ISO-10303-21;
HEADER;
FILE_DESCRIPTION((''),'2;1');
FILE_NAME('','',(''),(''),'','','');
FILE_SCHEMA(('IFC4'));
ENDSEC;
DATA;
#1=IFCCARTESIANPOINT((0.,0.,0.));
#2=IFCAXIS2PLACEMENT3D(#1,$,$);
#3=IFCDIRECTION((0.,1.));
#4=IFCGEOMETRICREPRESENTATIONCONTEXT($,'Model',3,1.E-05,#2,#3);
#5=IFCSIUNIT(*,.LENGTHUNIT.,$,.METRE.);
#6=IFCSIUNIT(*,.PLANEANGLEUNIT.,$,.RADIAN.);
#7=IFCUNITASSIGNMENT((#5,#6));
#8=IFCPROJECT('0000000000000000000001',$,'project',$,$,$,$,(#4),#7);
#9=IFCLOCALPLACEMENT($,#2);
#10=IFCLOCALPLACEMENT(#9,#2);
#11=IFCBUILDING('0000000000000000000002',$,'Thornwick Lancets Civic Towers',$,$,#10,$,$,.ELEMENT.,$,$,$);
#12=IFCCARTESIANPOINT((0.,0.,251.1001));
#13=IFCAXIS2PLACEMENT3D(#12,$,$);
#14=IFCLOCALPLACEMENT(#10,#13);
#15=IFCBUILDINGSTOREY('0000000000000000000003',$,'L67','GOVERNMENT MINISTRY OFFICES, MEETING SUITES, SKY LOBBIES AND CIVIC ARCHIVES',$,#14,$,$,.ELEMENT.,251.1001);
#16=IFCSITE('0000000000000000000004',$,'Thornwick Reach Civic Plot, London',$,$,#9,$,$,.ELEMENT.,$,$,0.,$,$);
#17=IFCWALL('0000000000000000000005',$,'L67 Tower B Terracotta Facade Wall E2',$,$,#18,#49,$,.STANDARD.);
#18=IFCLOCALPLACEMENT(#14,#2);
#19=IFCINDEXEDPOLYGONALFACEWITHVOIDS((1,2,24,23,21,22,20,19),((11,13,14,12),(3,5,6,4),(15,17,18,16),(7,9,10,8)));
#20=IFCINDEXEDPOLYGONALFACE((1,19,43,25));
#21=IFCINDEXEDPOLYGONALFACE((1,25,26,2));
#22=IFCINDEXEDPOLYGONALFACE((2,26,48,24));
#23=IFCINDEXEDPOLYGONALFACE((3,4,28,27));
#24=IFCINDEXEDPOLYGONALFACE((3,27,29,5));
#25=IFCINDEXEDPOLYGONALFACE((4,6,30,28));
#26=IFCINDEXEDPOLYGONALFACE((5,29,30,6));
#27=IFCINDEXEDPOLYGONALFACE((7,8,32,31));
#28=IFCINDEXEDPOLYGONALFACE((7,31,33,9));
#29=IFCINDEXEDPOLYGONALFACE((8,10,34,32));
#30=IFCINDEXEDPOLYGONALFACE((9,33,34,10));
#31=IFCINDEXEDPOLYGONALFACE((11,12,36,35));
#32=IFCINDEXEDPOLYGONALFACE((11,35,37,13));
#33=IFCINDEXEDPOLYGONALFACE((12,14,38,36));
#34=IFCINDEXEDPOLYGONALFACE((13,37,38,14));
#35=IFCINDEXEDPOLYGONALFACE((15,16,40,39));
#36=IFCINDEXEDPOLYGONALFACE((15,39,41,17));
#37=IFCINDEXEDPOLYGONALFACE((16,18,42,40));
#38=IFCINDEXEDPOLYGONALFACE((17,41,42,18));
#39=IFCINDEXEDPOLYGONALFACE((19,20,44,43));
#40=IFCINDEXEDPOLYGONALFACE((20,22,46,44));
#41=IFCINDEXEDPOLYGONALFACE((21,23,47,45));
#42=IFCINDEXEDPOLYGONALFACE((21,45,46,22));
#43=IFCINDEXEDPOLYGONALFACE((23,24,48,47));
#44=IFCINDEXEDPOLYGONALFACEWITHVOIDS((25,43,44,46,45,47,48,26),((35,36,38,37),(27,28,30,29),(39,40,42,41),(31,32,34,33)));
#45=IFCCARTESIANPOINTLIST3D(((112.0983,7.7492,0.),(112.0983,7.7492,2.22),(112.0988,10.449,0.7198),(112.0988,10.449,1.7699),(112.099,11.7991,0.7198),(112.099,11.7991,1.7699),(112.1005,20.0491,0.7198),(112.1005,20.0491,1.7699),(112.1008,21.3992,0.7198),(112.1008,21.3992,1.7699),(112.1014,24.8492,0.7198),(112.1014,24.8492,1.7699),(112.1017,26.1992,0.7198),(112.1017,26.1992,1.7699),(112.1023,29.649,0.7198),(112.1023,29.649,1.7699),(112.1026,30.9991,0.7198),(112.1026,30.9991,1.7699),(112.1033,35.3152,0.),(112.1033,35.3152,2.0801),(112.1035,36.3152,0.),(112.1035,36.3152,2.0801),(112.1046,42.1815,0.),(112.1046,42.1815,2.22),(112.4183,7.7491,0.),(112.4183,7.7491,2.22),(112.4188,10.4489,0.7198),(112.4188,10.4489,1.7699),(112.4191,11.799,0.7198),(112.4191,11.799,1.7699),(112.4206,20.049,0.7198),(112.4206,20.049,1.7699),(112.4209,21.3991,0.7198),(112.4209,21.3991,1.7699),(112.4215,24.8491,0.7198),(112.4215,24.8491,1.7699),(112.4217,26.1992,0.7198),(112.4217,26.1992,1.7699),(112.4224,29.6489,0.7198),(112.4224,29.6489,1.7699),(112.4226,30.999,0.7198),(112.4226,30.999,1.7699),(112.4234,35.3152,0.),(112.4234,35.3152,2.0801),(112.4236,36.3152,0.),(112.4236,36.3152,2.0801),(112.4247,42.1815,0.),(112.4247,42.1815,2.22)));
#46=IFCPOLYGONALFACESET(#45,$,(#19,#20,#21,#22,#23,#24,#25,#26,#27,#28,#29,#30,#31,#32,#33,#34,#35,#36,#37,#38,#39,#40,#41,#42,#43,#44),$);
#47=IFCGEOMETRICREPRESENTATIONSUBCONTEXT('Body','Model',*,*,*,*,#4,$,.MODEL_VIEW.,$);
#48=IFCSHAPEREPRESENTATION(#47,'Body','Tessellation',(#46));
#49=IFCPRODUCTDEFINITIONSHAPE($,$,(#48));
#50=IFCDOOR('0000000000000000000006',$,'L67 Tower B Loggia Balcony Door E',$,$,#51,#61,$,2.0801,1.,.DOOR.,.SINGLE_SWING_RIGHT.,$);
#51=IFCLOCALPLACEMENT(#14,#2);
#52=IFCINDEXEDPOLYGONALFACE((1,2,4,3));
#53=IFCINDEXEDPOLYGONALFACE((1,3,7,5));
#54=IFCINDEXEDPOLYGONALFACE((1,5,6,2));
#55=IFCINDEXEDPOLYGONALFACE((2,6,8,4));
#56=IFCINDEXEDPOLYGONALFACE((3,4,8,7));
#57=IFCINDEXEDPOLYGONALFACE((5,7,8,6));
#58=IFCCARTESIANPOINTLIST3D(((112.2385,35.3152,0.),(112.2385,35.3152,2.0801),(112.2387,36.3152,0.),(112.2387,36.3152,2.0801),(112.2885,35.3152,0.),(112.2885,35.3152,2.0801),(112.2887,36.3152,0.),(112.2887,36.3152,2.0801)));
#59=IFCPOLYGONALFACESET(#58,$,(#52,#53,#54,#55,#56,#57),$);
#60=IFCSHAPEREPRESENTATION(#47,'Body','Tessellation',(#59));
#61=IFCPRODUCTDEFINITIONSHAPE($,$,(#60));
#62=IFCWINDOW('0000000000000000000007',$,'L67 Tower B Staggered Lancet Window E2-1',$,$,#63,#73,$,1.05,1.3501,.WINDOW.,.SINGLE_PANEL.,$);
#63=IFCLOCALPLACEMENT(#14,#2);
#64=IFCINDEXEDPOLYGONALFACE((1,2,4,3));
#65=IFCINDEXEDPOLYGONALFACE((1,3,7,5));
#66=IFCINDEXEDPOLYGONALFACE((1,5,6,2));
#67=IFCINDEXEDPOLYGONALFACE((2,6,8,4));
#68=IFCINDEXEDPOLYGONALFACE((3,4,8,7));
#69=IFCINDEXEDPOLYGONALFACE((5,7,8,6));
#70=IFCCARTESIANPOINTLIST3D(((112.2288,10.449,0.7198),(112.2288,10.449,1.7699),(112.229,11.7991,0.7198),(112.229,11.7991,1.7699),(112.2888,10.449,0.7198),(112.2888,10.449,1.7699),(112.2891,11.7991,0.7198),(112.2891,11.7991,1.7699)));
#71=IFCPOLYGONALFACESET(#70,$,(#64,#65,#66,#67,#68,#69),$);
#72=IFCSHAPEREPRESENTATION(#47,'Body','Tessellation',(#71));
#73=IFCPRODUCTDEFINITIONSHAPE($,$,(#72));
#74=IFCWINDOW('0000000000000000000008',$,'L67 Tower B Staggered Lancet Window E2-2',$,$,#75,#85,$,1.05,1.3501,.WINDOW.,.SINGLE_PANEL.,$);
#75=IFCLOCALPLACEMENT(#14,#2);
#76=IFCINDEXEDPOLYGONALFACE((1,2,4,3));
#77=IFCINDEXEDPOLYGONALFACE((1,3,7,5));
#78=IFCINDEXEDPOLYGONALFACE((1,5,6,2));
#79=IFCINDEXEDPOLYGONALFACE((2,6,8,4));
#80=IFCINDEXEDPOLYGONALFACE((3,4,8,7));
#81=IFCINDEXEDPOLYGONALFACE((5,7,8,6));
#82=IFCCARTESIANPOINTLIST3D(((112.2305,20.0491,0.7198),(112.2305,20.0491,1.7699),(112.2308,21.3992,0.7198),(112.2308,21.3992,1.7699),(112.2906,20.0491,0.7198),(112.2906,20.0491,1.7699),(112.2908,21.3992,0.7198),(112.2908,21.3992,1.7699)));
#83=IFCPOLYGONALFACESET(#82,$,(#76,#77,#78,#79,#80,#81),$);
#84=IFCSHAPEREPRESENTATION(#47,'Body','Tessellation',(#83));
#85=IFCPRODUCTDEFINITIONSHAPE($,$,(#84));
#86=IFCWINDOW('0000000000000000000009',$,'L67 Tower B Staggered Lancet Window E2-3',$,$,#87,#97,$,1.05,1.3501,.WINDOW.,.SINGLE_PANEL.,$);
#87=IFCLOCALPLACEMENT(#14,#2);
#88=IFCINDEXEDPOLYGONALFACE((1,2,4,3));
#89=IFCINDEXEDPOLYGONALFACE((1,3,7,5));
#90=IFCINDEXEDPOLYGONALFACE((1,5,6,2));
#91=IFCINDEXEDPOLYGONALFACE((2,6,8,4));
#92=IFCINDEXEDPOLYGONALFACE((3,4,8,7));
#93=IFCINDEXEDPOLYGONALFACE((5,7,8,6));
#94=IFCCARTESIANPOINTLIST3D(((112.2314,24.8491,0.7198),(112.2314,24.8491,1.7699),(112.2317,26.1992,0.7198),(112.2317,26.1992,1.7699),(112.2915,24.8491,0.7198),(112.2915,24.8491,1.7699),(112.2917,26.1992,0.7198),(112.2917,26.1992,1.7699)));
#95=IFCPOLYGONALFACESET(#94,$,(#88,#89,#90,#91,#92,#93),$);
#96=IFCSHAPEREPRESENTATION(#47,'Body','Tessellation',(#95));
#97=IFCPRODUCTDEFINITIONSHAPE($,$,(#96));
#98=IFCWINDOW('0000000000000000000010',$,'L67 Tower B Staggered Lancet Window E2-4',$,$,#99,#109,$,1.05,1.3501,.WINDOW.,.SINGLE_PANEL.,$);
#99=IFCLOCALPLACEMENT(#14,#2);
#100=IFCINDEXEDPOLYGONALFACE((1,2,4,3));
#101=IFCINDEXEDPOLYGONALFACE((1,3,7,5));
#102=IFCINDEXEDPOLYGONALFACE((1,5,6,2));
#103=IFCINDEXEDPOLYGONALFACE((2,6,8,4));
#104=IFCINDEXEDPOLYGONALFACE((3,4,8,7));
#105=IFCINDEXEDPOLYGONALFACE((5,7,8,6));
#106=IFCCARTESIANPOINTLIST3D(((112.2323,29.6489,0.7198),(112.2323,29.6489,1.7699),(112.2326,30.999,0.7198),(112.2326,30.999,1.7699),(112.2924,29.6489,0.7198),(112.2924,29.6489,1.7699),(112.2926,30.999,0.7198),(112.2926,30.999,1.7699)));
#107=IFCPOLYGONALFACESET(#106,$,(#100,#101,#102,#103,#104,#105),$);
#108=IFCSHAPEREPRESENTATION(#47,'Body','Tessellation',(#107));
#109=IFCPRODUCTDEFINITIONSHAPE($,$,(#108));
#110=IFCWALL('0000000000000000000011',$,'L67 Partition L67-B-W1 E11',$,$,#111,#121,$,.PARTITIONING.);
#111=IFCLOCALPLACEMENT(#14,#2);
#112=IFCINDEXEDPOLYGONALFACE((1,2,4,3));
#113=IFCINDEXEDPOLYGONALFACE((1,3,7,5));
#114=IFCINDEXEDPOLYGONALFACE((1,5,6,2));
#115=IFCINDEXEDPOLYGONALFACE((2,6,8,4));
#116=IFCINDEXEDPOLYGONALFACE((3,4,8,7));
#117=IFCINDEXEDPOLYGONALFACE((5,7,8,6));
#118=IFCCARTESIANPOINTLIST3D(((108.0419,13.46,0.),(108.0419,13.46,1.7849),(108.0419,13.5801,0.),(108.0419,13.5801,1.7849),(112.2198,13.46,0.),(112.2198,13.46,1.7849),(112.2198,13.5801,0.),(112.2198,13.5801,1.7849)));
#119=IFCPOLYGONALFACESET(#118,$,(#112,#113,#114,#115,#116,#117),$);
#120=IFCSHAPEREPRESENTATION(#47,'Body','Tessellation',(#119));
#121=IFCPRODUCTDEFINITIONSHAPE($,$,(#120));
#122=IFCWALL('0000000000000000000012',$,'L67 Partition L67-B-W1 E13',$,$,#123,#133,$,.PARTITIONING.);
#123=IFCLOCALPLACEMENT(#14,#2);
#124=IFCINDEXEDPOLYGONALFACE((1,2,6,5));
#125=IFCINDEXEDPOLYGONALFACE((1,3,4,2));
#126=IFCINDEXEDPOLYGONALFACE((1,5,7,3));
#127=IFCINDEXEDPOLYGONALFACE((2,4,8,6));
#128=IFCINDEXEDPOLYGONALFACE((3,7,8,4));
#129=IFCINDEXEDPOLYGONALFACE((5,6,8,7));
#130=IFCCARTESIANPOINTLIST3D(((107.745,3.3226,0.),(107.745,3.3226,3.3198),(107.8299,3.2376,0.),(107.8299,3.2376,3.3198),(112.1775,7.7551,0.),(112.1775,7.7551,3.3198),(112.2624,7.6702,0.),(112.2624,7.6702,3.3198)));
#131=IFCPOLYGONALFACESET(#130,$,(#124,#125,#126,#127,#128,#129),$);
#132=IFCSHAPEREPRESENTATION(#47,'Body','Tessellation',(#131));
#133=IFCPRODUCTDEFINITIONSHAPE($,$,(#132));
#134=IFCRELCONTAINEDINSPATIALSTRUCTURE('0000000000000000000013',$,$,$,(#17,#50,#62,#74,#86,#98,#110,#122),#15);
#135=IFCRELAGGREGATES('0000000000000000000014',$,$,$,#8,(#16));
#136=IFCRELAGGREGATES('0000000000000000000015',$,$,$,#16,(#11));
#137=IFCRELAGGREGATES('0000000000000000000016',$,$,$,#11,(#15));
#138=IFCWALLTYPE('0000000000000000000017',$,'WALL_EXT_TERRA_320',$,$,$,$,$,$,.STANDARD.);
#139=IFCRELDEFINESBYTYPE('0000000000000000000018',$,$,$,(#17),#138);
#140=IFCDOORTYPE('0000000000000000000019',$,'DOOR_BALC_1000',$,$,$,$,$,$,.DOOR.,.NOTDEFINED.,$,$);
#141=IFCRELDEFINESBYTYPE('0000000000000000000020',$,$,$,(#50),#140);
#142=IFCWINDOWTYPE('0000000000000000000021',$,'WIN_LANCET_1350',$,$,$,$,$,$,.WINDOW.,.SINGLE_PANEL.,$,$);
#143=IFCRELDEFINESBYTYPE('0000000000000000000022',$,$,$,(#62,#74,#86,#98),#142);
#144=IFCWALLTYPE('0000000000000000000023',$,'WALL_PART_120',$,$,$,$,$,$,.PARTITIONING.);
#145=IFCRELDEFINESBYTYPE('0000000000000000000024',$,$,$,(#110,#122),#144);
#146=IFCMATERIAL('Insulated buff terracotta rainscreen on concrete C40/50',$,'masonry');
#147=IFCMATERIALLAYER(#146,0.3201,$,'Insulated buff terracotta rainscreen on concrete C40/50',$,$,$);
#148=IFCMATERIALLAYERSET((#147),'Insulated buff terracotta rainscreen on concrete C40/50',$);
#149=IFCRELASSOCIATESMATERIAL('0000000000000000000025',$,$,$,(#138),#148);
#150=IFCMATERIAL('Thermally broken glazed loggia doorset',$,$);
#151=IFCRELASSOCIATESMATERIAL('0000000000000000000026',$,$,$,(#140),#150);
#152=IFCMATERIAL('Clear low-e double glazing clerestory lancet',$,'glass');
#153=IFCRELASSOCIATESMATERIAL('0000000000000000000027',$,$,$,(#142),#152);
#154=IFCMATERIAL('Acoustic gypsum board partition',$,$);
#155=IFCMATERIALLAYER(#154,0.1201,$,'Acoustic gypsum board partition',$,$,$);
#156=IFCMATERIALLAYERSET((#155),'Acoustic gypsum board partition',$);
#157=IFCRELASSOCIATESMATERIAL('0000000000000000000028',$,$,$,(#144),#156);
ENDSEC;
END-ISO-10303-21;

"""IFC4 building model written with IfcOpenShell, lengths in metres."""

from ifc_helpers import new_model, si_unit, direction, frame, frame_2d, origin, place, context, subcontext, project, spatial, rectangle, extrude, material, layer, layer_set, type_object, element, fill, save


model = new_model("IFC4")

# Units and contexts
model_context = context("Model", 3, precision=1e-05, world=origin(), true_north=direction((0.0, 1.0)))
body_context = subcontext(model_context, "Body", "Model", "MODEL_VIEW")
ifc_project = project(units=[si_unit("LENGTHUNIT", "METRE"), si_unit("PLANEANGLEUNIT", "RADIAN")], contexts=[model_context])

# Site, building, storey
site_placement = place(None, origin())
site = spatial("IfcSite", under=ifc_project, at=site_placement, Name="Thornwick Reach Civic Plot, London", CompositionType="ELEMENT", RefElevation=0.0)
building_placement = place(site_placement, origin())
building = spatial("IfcBuilding", under=site, at=building_placement, Name="Thornwick Lancets Civic Towers", CompositionType="ELEMENT")
storey_placement = place(building_placement, frame((0.0, 0.0, 251.1001)))
storey = spatial("IfcBuildingStorey", under=building, at=storey_placement, Name="L67", Description="GOVERNMENT MINISTRY OFFICES, MEETING SUITES, SKY LOBBIES AND CIVIC ARCHIVES", CompositionType="ELEMENT", Elevation=251.1001)

# Wall, openings, door, windows
ifc_material_1 = material(Name="Insulated buff terracotta rainscreen on concrete C40/50", Category="masonry")
ifc_layer_1 = layer(ifc_material_1, 0.3201, Name="Insulated buff terracotta rainscreen on concrete C40/50")
ifc_layer_set_1 = layer_set([ifc_layer_1], Name="Insulated buff terracotta rainscreen on concrete C40/50")
wall_type_1 = type_object("IfcWallType", Name="WALL_EXT_TERRA_320", PredefinedType="STANDARD", material=ifc_layer_set_1)
wall_1_placement = place(storey_placement, frame((112.2583, 7.749, 0.0), z_axis=(0.0, 0.0, 1.0), x_axis=(0.000184, 1.0, 0.0)))
wall_1 = element("IfcWall", 1, at=wall_1_placement, inside=storey, type_object=wall_type_1, Name="L67 Tower B Terracotta Facade Wall E2", PredefinedType="STANDARD", context=body_context, shape_type="SweptSolid", body=[
    extrude(rectangle(XDim=34.4324, YDim=0.3201, at=frame_2d((17.2163, 0.0))), origin(), (0.0, 0.0, 1.0), 2.22),
])
opening_1_placement = place(wall_1_placement, frame((27.5662, 0.0, 0.0)))
opening_1 = element("IfcOpeningElement", 2, at=opening_1_placement, cuts=wall_1, PredefinedType="OPENING", context=body_context, shape_type="SweptSolid", body=[
    extrude(rectangle(XDim=1.0, YDim=2.0801, at=frame_2d((0.5, 1.04))), frame((0.0, 0.1699, 0.0), z_axis=(0.0, -1.0, 0.0), x_axis=(1.0, 0.0, 0.0)), (0.0, 0.0, 1.0), 0.3401),
])
opening_2_placement = place(wall_1_placement, frame((2.7, 0.0, 0.72)))
opening_2 = element("IfcOpeningElement", 3, at=opening_2_placement, cuts=wall_1, PredefinedType="OPENING", context=body_context, shape_type="SweptSolid", body=[
    extrude(rectangle(XDim=1.3501, YDim=1.05, at=frame_2d((0.675, 0.5249))), frame((0.0, 0.1699, 0.0), z_axis=(0.0, -1.0, 0.0), x_axis=(1.0, 0.0, 0.0)), (0.0, 0.0, 1.0), 0.3401),
])
opening_3_placement = place(wall_1_placement, frame((12.3, 0.0, 0.72)))
opening_3 = element("IfcOpeningElement", 4, at=opening_3_placement, cuts=wall_1, PredefinedType="OPENING", context=body_context, shape_type="SweptSolid", body=[
    extrude(rectangle(XDim=1.3501, YDim=1.05, at=frame_2d((0.675, 0.5249))), frame((0.0, 0.1699, 0.0), z_axis=(0.0, -1.0, 0.0), x_axis=(1.0, 0.0, 0.0)), (0.0, 0.0, 1.0), 0.3401),
])
opening_4_placement = place(wall_1_placement, frame((17.1001, 0.0, 0.72)))
opening_4 = element("IfcOpeningElement", 5, at=opening_4_placement, cuts=wall_1, PredefinedType="OPENING", context=body_context, shape_type="SweptSolid", body=[
    extrude(rectangle(XDim=1.3501, YDim=1.05, at=frame_2d((0.675, 0.5249))), frame((0.0, 0.1699, 0.0), z_axis=(0.0, -1.0, 0.0), x_axis=(1.0, 0.0, 0.0)), (0.0, 0.0, 1.0), 0.3401),
])
opening_5_placement = place(wall_1_placement, frame((21.8999, 0.0, 0.72)))
opening_5 = element("IfcOpeningElement", 6, at=opening_5_placement, cuts=wall_1, PredefinedType="OPENING", context=body_context, shape_type="SweptSolid", body=[
    extrude(rectangle(XDim=1.3501, YDim=1.05, at=frame_2d((0.675, 0.5249))), frame((0.0, 0.1699, 0.0), z_axis=(0.0, -1.0, 0.0), x_axis=(1.0, 0.0, 0.0)), (0.0, 0.0, 1.0), 0.3401),
])
ifc_material_2 = material(Name="Thermally broken glazed loggia doorset")
door_type = type_object("IfcDoorType", Name="DOOR_BALC_1000", OperationType="NOTDEFINED", PredefinedType="DOOR", material=ifc_material_2)
door_placement = place(opening_1_placement, origin())
door = element("IfcDoor", 7, at=door_placement, inside=storey, type_object=door_type, Name="L67 Tower B Loggia Balcony Door E", OperationType="SINGLE_SWING_RIGHT", OverallHeight=2.0801, OverallWidth=1.0, PredefinedType="DOOR", context=body_context, shape_type="SweptSolid", body=[
    extrude(rectangle(XDim=1.0, YDim=2.0801, at=frame_2d((0.5, 1.04))), frame((0.0, 0.0249, 0.0), z_axis=(0.0, -1.0, 0.0), x_axis=(1.0, 0.0, 0.0)), (0.0, 0.0, 1.0), 0.05),
])
fill(opening_1, door)
ifc_material_3 = material(Name="Clear low-e double glazing clerestory lancet", Category="glass")
window_type = type_object("IfcWindowType", Name="WIN_LANCET_1350", PartitioningType="SINGLE_PANEL", PredefinedType="WINDOW", material=ifc_material_3)
window_1_placement = place(opening_2_placement, origin())
window_1 = element("IfcWindow", 8, at=window_1_placement, inside=storey, type_object=window_type, Name="L67 Tower B Staggered Lancet Window E2-1", OverallHeight=1.05, OverallWidth=1.3501, PartitioningType="SINGLE_PANEL", PredefinedType="WINDOW", context=body_context, shape_type="SweptSolid", body=[
    extrude(rectangle(XDim=1.3501, YDim=1.05, at=frame_2d((0.675, 0.5249))), frame((0.0, 0.03, 0.0), z_axis=(0.0, -1.0, 0.0), x_axis=(1.0, 0.0, 0.0)), (0.0, 0.0, 1.0), 0.0601),
])
fill(opening_2, window_1)
window_2_placement = place(opening_3_placement, origin())
window_2 = element("IfcWindow", 9, at=window_2_placement, inside=storey, type_object=window_type, Name="L67 Tower B Staggered Lancet Window E2-2", OverallHeight=1.05, OverallWidth=1.3501, PartitioningType="SINGLE_PANEL", PredefinedType="WINDOW", context=body_context, shape_type="SweptSolid", body=[
    extrude(rectangle(XDim=1.3501, YDim=1.05, at=frame_2d((0.675, 0.5249))), frame((0.0, 0.03, 0.0), z_axis=(0.0, -1.0, 0.0), x_axis=(1.0, 0.0, 0.0)), (0.0, 0.0, 1.0), 0.0601),
])
fill(opening_3, window_2)
window_3_placement = place(opening_4_placement, origin())
window_3 = element("IfcWindow", 10, at=window_3_placement, inside=storey, type_object=window_type, Name="L67 Tower B Staggered Lancet Window E2-3", OverallHeight=1.05, OverallWidth=1.3501, PartitioningType="SINGLE_PANEL", PredefinedType="WINDOW", context=body_context, shape_type="SweptSolid", body=[
    extrude(rectangle(XDim=1.3501, YDim=1.05, at=frame_2d((0.675, 0.5249))), frame((0.0, 0.03, 0.0), z_axis=(0.0, -1.0, 0.0), x_axis=(1.0, 0.0, 0.0)), (0.0, 0.0, 1.0), 0.0601),
])
fill(opening_4, window_3)
window_4_placement = place(opening_5_placement, origin())
window_4 = element("IfcWindow", 11, at=window_4_placement, inside=storey, type_object=window_type, Name="L67 Tower B Staggered Lancet Window E2-4", OverallHeight=1.05, OverallWidth=1.3501, PartitioningType="SINGLE_PANEL", PredefinedType="WINDOW", context=body_context, shape_type="SweptSolid", body=[
    extrude(rectangle(XDim=1.3501, YDim=1.05, at=frame_2d((0.675, 0.5249))), frame((0.0, 0.03, 0.0), z_axis=(0.0, -1.0, 0.0), x_axis=(1.0, 0.0, 0.0)), (0.0, 0.0, 1.0), 0.0601),
])
fill(opening_5, window_4)

# Walls
ifc_material_4 = material(Name="Acoustic gypsum board partition")
ifc_layer_2 = layer(ifc_material_4, 0.1201, Name="Acoustic gypsum board partition")
ifc_layer_set_2 = layer_set([ifc_layer_2], Name="Acoustic gypsum board partition")
wall_type_2 = type_object("IfcWallType", Name="WALL_PART_120", PredefinedType="PARTITIONING", material=ifc_layer_set_2)
wall_2_placement = place(storey_placement, frame((108.042, 13.52, 0.0), z_axis=(0.0, 0.0, 1.0), x_axis=(1.0, 0.0, 0.0)))
element("IfcWall", 12, at=wall_2_placement, inside=storey, type_object=wall_type_2, Name="L67 Partition L67-B-W1 E11", PredefinedType="PARTITIONING", context=body_context, shape_type="SweptSolid", body=[
    extrude(rectangle(XDim=4.178, YDim=0.1201, at=frame_2d((2.0889, 0.0))), origin(), (0.0, 0.0, 1.0), 1.7849),
])
wall_3_placement = place(storey_placement, frame((112.22, 7.7126, 0.0), z_axis=(0.0, 0.0, 1.0), x_axis=(-0.707107, -0.707107, 0.0)))
element("IfcWall", 13, at=wall_3_placement, inside=storey, type_object=wall_type_2, Name="L67 Partition L67-B-W1 E13", PredefinedType="PARTITIONING", context=body_context, shape_type="SweptSolid", body=[
    extrude(rectangle(XDim=6.2686, YDim=0.1201, at=frame_2d((3.1343, 0.0))), origin(), (0.0, 0.0, 1.0), 3.3198),
])

save(model, "model.ifc")
